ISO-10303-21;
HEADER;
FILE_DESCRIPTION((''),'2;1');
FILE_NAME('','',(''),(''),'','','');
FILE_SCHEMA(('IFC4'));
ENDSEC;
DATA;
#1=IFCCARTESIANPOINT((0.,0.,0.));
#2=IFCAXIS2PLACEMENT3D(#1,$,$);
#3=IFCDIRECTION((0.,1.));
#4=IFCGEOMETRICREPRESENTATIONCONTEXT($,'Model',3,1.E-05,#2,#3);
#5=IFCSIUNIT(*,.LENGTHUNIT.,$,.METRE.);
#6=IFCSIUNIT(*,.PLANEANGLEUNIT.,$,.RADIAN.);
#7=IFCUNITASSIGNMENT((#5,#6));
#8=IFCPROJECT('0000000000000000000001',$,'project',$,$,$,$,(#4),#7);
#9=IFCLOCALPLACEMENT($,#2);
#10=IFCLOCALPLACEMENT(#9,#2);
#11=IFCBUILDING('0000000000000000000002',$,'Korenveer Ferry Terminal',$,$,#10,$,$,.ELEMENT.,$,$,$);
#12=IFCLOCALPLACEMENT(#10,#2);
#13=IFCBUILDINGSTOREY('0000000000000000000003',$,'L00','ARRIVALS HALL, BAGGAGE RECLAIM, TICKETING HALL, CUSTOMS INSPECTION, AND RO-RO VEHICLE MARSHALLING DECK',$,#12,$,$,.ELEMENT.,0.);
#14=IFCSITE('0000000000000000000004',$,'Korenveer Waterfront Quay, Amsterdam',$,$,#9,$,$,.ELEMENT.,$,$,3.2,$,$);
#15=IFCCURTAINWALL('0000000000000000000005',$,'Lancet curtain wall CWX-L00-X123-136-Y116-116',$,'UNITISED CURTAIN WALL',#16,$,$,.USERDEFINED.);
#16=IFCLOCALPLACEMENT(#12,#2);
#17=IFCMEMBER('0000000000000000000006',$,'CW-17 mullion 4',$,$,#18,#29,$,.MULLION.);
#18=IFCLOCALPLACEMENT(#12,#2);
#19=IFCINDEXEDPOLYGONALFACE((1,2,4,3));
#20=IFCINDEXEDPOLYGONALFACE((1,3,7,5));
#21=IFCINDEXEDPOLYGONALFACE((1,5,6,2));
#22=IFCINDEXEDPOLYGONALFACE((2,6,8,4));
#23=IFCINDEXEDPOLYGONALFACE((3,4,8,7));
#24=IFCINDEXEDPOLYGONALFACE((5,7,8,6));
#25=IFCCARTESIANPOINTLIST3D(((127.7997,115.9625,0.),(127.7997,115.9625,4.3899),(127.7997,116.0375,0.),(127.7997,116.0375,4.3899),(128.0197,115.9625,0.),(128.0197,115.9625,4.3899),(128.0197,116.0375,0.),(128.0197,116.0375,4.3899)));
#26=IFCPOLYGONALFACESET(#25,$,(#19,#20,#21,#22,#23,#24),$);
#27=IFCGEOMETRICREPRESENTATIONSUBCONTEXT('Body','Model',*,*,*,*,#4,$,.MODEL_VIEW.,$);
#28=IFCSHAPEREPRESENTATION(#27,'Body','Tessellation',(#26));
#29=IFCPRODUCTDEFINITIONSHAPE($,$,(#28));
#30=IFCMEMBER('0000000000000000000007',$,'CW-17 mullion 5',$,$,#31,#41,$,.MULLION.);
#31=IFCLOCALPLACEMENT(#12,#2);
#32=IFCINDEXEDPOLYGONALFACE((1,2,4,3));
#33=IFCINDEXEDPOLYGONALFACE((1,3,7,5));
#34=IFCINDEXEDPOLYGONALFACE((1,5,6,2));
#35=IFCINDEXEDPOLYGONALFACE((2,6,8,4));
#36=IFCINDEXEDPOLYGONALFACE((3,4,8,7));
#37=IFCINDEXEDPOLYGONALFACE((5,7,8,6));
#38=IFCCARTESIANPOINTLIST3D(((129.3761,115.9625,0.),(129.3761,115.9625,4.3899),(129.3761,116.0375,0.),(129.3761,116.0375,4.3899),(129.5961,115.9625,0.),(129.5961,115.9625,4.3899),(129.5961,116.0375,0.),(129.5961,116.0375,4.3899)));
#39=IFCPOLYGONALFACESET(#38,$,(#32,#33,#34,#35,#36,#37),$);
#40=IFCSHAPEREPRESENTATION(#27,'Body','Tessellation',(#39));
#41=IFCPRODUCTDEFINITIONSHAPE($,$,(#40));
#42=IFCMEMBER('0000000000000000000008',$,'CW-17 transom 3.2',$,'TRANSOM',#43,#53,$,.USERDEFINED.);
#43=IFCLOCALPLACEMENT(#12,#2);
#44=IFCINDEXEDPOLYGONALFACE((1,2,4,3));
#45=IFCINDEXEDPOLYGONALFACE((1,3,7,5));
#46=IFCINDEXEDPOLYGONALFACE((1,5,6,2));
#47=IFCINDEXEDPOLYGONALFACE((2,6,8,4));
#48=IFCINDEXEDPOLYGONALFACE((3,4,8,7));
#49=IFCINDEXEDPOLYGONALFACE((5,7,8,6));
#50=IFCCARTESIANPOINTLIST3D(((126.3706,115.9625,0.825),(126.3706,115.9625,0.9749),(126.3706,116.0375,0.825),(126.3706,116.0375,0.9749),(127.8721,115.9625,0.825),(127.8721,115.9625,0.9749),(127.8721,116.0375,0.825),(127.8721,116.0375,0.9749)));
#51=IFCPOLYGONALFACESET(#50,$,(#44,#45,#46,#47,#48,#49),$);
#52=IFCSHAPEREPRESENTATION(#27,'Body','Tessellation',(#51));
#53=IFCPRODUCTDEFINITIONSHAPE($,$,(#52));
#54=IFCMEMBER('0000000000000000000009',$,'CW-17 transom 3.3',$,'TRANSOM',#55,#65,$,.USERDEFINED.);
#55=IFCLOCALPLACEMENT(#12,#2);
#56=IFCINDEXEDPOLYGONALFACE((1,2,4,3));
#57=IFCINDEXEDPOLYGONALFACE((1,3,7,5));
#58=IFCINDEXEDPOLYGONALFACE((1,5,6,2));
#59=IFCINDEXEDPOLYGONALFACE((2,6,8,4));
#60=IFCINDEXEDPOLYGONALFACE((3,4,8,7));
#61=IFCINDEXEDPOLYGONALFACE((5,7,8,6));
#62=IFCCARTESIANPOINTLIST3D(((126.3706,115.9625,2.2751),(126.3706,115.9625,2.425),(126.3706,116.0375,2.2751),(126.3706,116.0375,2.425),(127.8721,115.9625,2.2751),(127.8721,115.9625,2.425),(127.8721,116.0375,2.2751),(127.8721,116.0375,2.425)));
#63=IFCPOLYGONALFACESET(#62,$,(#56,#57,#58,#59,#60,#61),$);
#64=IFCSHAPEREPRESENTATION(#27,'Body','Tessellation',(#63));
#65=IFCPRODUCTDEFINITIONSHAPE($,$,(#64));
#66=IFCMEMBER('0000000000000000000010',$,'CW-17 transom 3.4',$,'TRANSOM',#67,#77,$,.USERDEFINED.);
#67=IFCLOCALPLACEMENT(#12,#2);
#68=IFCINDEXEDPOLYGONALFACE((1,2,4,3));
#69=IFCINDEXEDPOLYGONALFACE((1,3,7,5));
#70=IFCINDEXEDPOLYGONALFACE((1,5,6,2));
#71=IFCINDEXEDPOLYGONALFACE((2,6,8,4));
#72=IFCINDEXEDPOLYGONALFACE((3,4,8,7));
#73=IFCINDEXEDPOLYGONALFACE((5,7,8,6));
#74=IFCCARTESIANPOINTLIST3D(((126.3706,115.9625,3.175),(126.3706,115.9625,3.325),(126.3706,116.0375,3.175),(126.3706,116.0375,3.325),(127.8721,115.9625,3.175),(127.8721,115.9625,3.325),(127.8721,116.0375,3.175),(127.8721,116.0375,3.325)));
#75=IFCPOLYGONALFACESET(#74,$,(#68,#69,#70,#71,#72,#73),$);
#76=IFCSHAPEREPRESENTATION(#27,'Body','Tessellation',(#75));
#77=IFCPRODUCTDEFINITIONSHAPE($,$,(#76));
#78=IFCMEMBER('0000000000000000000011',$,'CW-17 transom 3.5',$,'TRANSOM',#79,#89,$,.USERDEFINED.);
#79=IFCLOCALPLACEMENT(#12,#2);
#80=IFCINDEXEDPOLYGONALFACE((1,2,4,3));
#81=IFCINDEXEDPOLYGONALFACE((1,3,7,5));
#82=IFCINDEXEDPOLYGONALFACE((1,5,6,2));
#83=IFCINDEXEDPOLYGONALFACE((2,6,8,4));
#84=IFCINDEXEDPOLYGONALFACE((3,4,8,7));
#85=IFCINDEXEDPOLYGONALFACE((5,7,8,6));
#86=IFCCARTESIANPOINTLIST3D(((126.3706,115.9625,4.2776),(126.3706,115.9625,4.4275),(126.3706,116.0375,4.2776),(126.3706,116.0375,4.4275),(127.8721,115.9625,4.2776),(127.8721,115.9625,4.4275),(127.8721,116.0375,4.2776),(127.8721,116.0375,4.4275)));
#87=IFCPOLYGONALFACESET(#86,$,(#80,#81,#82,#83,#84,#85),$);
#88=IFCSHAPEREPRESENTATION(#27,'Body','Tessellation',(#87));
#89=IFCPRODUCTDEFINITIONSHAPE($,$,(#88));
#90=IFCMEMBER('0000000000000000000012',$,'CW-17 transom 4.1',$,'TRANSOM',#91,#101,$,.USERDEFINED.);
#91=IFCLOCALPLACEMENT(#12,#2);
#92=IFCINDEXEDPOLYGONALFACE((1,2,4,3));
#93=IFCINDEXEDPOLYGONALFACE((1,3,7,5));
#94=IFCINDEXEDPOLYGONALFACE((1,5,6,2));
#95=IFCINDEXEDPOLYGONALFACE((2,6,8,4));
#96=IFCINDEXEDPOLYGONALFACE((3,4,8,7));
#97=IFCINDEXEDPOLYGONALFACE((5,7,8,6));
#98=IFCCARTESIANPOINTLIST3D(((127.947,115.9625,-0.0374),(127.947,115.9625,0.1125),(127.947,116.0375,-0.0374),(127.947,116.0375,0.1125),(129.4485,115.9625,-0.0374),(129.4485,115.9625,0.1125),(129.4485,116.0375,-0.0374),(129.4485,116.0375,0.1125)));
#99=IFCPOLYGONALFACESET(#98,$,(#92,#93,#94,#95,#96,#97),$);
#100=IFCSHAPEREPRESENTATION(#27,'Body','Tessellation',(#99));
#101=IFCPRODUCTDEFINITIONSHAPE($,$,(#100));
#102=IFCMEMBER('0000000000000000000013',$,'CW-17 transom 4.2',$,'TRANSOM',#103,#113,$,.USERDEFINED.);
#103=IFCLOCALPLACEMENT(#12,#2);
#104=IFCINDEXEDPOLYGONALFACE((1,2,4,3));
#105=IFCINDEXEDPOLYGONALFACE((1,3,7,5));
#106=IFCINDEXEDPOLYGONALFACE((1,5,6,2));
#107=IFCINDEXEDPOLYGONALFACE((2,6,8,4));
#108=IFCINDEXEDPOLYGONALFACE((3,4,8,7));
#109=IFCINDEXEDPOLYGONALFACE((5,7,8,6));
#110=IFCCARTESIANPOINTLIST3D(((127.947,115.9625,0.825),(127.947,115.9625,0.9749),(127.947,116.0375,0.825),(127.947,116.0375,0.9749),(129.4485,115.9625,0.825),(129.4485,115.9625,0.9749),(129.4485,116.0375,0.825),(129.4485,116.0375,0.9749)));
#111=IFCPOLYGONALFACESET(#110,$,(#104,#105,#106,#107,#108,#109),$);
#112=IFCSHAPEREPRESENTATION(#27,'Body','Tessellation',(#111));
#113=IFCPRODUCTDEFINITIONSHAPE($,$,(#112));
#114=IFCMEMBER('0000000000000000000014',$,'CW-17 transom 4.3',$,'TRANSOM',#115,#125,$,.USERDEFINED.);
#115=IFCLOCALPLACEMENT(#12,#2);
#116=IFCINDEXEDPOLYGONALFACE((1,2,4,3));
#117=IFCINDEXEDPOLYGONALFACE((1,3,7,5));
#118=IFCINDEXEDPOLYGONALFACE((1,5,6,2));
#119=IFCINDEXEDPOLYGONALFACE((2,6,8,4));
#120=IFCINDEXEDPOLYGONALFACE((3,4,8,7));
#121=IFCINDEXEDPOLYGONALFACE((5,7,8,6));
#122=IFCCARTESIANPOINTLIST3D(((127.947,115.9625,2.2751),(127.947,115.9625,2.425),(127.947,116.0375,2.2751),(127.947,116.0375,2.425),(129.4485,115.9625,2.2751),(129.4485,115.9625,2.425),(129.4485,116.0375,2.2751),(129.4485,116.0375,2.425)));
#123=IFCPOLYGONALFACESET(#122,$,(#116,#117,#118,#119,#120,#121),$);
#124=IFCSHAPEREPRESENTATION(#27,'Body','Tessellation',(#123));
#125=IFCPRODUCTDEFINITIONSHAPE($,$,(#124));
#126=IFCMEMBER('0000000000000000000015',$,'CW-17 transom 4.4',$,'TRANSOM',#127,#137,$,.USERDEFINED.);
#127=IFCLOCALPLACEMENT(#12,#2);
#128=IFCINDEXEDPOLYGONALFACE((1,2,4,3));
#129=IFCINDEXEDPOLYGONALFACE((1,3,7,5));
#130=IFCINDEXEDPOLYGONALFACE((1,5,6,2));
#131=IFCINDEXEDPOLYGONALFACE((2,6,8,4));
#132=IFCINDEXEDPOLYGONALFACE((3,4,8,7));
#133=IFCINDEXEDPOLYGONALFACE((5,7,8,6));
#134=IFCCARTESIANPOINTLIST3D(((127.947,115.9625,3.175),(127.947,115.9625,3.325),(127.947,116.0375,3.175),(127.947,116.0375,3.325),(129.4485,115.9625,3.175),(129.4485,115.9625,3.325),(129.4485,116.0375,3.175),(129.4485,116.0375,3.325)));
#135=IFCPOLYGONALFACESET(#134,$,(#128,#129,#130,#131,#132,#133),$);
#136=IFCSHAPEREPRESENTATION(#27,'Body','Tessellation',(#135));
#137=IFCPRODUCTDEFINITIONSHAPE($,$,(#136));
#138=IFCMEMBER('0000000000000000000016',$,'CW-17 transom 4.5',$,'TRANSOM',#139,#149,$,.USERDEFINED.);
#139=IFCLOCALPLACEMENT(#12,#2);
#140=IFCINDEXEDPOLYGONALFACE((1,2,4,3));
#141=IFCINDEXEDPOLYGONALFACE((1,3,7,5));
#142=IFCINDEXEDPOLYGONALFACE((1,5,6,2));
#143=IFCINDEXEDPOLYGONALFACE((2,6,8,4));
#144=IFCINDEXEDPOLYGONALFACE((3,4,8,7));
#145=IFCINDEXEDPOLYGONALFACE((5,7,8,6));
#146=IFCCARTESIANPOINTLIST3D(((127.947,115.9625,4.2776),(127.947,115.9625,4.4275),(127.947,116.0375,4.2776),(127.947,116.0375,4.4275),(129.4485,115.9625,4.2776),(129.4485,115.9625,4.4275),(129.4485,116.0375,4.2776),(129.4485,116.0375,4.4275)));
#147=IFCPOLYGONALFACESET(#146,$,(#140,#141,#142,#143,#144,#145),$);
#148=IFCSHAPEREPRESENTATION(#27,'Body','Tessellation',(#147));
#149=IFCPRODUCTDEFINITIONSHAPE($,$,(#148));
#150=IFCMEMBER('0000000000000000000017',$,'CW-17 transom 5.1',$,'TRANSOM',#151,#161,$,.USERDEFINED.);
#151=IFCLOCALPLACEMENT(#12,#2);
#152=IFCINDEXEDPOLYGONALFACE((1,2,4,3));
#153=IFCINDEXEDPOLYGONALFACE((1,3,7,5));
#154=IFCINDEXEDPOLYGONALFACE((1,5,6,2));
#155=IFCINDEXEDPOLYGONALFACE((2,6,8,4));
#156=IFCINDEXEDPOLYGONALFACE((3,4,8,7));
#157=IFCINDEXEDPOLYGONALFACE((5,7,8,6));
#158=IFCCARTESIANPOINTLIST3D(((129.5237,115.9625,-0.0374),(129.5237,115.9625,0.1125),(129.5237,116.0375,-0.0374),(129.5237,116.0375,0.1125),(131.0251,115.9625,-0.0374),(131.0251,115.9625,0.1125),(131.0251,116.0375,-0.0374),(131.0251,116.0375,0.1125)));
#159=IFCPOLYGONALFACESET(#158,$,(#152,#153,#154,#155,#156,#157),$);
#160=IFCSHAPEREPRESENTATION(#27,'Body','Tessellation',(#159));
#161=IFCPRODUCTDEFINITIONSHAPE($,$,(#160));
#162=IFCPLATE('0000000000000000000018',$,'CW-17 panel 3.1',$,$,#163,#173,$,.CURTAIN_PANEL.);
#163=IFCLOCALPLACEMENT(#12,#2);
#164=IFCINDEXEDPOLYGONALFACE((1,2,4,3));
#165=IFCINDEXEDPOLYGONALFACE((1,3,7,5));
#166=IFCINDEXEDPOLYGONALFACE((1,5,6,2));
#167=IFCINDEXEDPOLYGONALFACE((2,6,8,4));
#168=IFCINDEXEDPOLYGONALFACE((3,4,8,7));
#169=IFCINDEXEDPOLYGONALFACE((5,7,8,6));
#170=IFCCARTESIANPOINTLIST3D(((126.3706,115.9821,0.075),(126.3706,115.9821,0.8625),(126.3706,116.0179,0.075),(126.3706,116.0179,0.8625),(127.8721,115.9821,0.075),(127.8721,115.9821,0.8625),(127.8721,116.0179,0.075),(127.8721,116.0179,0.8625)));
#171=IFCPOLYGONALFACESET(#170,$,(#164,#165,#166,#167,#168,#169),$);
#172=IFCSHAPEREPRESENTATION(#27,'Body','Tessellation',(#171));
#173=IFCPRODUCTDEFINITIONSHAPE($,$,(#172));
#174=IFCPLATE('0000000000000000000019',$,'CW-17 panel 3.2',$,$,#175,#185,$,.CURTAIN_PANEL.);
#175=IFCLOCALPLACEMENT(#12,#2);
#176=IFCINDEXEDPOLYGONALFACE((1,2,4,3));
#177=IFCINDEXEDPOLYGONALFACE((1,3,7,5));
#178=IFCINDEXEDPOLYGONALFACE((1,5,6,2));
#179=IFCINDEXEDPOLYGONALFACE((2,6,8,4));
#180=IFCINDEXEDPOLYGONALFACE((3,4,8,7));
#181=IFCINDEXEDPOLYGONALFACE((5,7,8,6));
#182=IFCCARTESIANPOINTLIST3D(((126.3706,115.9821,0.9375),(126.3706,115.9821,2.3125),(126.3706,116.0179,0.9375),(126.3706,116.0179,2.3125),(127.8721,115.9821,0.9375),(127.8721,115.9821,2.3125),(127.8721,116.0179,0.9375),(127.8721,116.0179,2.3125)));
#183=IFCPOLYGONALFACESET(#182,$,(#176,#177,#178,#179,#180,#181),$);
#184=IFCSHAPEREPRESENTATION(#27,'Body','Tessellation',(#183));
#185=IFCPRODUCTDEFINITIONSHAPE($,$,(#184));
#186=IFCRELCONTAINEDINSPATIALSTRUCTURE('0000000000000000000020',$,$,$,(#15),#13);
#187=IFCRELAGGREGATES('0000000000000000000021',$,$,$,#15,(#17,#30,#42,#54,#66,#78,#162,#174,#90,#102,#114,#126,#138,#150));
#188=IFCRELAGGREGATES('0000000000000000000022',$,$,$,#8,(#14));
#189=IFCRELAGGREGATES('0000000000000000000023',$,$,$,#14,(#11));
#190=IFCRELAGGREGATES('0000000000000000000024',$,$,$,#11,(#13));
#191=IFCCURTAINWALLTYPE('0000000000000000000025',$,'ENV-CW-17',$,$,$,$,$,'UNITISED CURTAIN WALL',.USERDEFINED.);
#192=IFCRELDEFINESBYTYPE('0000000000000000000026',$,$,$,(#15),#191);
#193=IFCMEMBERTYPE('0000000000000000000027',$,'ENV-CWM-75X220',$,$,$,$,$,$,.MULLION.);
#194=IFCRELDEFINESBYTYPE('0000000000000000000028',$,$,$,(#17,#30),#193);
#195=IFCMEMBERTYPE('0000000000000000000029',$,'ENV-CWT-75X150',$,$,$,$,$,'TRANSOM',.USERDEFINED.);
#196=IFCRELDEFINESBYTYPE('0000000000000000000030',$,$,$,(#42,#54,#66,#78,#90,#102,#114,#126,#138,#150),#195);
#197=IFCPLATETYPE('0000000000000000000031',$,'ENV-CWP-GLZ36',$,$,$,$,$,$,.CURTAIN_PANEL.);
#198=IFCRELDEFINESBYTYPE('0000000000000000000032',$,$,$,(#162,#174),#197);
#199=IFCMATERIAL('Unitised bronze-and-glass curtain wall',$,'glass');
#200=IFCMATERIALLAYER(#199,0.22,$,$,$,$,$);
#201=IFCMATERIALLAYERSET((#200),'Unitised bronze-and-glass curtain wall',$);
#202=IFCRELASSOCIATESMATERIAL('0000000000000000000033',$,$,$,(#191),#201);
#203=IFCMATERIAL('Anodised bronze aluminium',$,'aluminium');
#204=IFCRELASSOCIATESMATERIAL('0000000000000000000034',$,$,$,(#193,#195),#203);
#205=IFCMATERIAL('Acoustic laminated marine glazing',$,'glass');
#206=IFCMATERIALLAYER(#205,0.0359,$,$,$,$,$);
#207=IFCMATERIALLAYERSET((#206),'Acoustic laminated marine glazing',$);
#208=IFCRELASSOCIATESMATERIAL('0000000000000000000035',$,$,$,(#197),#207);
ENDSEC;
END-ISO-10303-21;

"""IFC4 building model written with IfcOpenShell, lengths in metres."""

from ifc_helpers import new_model, si_unit, direction, frame, origin, origin_2d, place, context, subcontext, project, spatial, rectangle, extrude, material, layer, layer_set, material_profile, profile_set, type_object, element, aggregate, save


model = new_model("IFC4")

# Units and contexts
model_context = context("Model", 3, precision=1e-05, world=origin(), true_north=direction((0.0, 1.0)))
body_context = subcontext(model_context, "Body", "Model", "MODEL_VIEW")
ifc_project = project(units=[si_unit("LENGTHUNIT", "METRE"), si_unit("PLANEANGLEUNIT", "RADIAN")], contexts=[model_context])

# Site, building, storey
site_placement = place(None, origin())
site = spatial("IfcSite", under=ifc_project, at=site_placement, Name="Korenveer Waterfront Quay, Amsterdam", CompositionType="ELEMENT", RefElevation=3.2)
building_placement = place(site_placement, origin())
building = spatial("IfcBuilding", under=site, at=building_placement, Name="Korenveer Ferry Terminal", CompositionType="ELEMENT")
storey_placement = place(building_placement, origin())
storey = spatial("IfcBuildingStorey", under=building, at=storey_placement, Name="L00", Description="ARRIVALS HALL, BAGGAGE RECLAIM, TICKETING HALL, CUSTOMS INSPECTION, AND RO-RO VEHICLE MARSHALLING DECK", CompositionType="ELEMENT", Elevation=0.0)

# Curtain wall, members, plates
ifc_material_1 = material(Name="Unitised bronze-and-glass curtain wall", Category="glass")
ifc_layer_1 = layer(ifc_material_1, 0.22)
ifc_layer_set_1 = layer_set([ifc_layer_1], Name="Unitised bronze-and-glass curtain wall")
curtain_wall_type = type_object("IfcCurtainWallType", Name="ENV-CW-17", ElementType="UNITISED CURTAIN WALL", PredefinedType="USERDEFINED", material=ifc_layer_set_1)
curtain_wall_placement = place(storey_placement, frame((123.1799, 116.0, 0.0)))
curtain_wall = element("IfcCurtainWall", 1, at=curtain_wall_placement, inside=storey, type_object=curtain_wall_type, Name="Lancet curtain wall CWX-L00-X123-136-Y116-116", ObjectType="UNITISED CURTAIN WALL", PredefinedType="USERDEFINED")
ifc_material_2 = material(Name="Anodised bronze aluminium", Category="aluminium")
ifc_material_profile_1 = material_profile(ifc_material_2, rectangle(XDim=0.075, YDim=0.22, at=origin_2d()), Name="ALU 75x220")
ifc_profile_set_1 = profile_set([ifc_material_profile_1], Name="Anodised bronze aluminium")
member_type_1 = type_object("IfcMemberType", Name="ENV-CWM-75X220", PredefinedType="MULLION", material=ifc_profile_set_1)
member_1_placement = place(storey_placement, frame((127.9097, 116.0, 0.0), z_axis=(0.0, 0.0, 1.0), x_axis=(0.0, 1.0, 0.0)))
member_1 = element("IfcMember", 2, at=member_1_placement, type_object=member_type_1, Name="CW-17 mullion 4", PredefinedType="MULLION", context=body_context, shape_type="SweptSolid", body=[
    extrude(rectangle(XDim=0.075, YDim=0.22, at=origin_2d()), origin(), (0.0, 0.0, 1.0), 4.3899),
])
member_2_placement = place(storey_placement, frame((129.4861, 116.0, 0.0), z_axis=(0.0, 0.0, 1.0), x_axis=(0.0, 1.0, 0.0)))
member_2 = element("IfcMember", 3, at=member_2_placement, type_object=member_type_1, Name="CW-17 mullion 5", PredefinedType="MULLION", context=body_context, shape_type="SweptSolid", body=[
    extrude(rectangle(XDim=0.075, YDim=0.22, at=origin_2d()), origin(), (0.0, 0.0, 1.0), 4.3899),
])
ifc_material_profile_2 = material_profile(ifc_material_2, rectangle(XDim=0.075, YDim=0.1499, at=origin_2d()), Name="ALU 75x150")
ifc_profile_set_2 = profile_set([ifc_material_profile_2], Name="Anodised bronze aluminium")
member_type_2 = type_object("IfcMemberType", Name="ENV-CWT-75X150", ElementType="TRANSOM", PredefinedType="USERDEFINED", material=ifc_profile_set_2)
member_3_placement = place(storey_placement, frame((126.3706, 116.0, 0.8999), z_axis=(1.0, 0.0, 0.0), x_axis=(0.0, 1.0, 0.0)))
member_3 = element("IfcMember", 4, at=member_3_placement, type_object=member_type_2, Name="CW-17 transom 3.2", ObjectType="TRANSOM", PredefinedType="USERDEFINED", context=body_context, shape_type="SweptSolid", body=[
    extrude(rectangle(XDim=0.075, YDim=0.1499, at=origin_2d()), origin(), (0.0, 0.0, 1.0), 1.5015),
])
member_4_placement = place(storey_placement, frame((126.3706, 116.0, 2.3501), z_axis=(1.0, 0.0, 0.0), x_axis=(0.0, 1.0, 0.0)))
member_4 = element("IfcMember", 5, at=member_4_placement, type_object=member_type_2, Name="CW-17 transom 3.3", ObjectType="TRANSOM", PredefinedType="USERDEFINED", context=body_context, shape_type="SweptSolid", body=[
    extrude(rectangle(XDim=0.075, YDim=0.1499, at=origin_2d()), origin(), (0.0, 0.0, 1.0), 1.5015),
])
member_5_placement = place(storey_placement, frame((126.3706, 116.0, 3.25), z_axis=(1.0, 0.0, 0.0), x_axis=(0.0, 1.0, 0.0)))
member_5 = element("IfcMember", 6, at=member_5_placement, type_object=member_type_2, Name="CW-17 transom 3.4", ObjectType="TRANSOM", PredefinedType="USERDEFINED", context=body_context, shape_type="SweptSolid", body=[
    extrude(rectangle(XDim=0.075, YDim=0.1499, at=origin_2d()), origin(), (0.0, 0.0, 1.0), 1.5015),
])
member_6_placement = place(storey_placement, frame((126.3706, 116.0, 4.3525), z_axis=(1.0, 0.0, 0.0), x_axis=(0.0, 1.0, 0.0)))
member_6 = element("IfcMember", 7, at=member_6_placement, type_object=member_type_2, Name="CW-17 transom 3.5", ObjectType="TRANSOM", PredefinedType="USERDEFINED", context=body_context, shape_type="SweptSolid", body=[
    extrude(rectangle(XDim=0.075, YDim=0.1499, at=origin_2d()), origin(), (0.0, 0.0, 1.0), 1.5015),
])
member_7_placement = place(storey_placement, frame((127.947, 116.0, 0.0376), z_axis=(1.0, 0.0, 0.0), x_axis=(0.0, 1.0, 0.0)))
member_7 = element("IfcMember", 8, at=member_7_placement, type_object=member_type_2, Name="CW-17 transom 4.1", ObjectType="TRANSOM", PredefinedType="USERDEFINED", context=body_context, shape_type="SweptSolid", body=[
    extrude(rectangle(XDim=0.075, YDim=0.1499, at=origin_2d()), origin(), (0.0, 0.0, 1.0), 1.5015),
])
member_8_placement = place(storey_placement, frame((127.947, 116.0, 0.8999), z_axis=(1.0, 0.0, 0.0), x_axis=(0.0, 1.0, 0.0)))
member_8 = element("IfcMember", 9, at=member_8_placement, type_object=member_type_2, Name="CW-17 transom 4.2", ObjectType="TRANSOM", PredefinedType="USERDEFINED", context=body_context, shape_type="SweptSolid", body=[
    extrude(rectangle(XDim=0.075, YDim=0.1499, at=origin_2d()), origin(), (0.0, 0.0, 1.0), 1.5015),
])
member_9_placement = place(storey_placement, frame((127.947, 116.0, 2.3501), z_axis=(1.0, 0.0, 0.0), x_axis=(0.0, 1.0, 0.0)))
member_9 = element("IfcMember", 10, at=member_9_placement, type_object=member_type_2, Name="CW-17 transom 4.3", ObjectType="TRANSOM", PredefinedType="USERDEFINED", context=body_context, shape_type="SweptSolid", body=[
    extrude(rectangle(XDim=0.075, YDim=0.1499, at=origin_2d()), origin(), (0.0, 0.0, 1.0), 1.5015),
])
member_10_placement = place(storey_placement, frame((127.947, 116.0, 3.25), z_axis=(1.0, 0.0, 0.0), x_axis=(0.0, 1.0, 0.0)))
member_10 = element("IfcMember", 11, at=member_10_placement, type_object=member_type_2, Name="CW-17 transom 4.4", ObjectType="TRANSOM", PredefinedType="USERDEFINED", context=body_context, shape_type="SweptSolid", body=[
    extrude(rectangle(XDim=0.075, YDim=0.1499, at=origin_2d()), origin(), (0.0, 0.0, 1.0), 1.5015),
])
member_11_placement = place(storey_placement, frame((127.947, 116.0, 4.3525), z_axis=(1.0, 0.0, 0.0), x_axis=(0.0, 1.0, 0.0)))
member_11 = element("IfcMember", 12, at=member_11_placement, type_object=member_type_2, Name="CW-17 transom 4.5", ObjectType="TRANSOM", PredefinedType="USERDEFINED", context=body_context, shape_type="SweptSolid", body=[
    extrude(rectangle(XDim=0.075, YDim=0.1499, at=origin_2d()), origin(), (0.0, 0.0, 1.0), 1.5015),
])
member_12_placement = place(storey_placement, frame((129.5237, 116.0, 0.0376), z_axis=(1.0, 0.0, 0.0), x_axis=(0.0, 1.0, 0.0)))
member_12 = element("IfcMember", 13, at=member_12_placement, type_object=member_type_2, Name="CW-17 transom 5.1", ObjectType="TRANSOM", PredefinedType="USERDEFINED", context=body_context, shape_type="SweptSolid", body=[
    extrude(rectangle(XDim=0.075, YDim=0.1499, at=origin_2d()), origin(), (0.0, 0.0, 1.0), 1.5015),
])
ifc_material_3 = material(Name="Acoustic laminated marine glazing", Category="glass")
ifc_layer_2 = layer(ifc_material_3, 0.0359)
ifc_layer_set_2 = layer_set([ifc_layer_2], Name="Acoustic laminated marine glazing")
plate_type = type_object("IfcPlateType", Name="ENV-CWP-GLZ36", PredefinedType="CURTAIN_PANEL", material=ifc_layer_set_2)
plate_1_placement = place(storey_placement, frame((127.1213, 116.0, 0.075), z_axis=(0.0, 0.0, 1.0), x_axis=(1.0, 0.0, 0.0)))
plate_1 = element("IfcPlate", 14, at=plate_1_placement, type_object=plate_type, Name="CW-17 panel 3.1", PredefinedType="CURTAIN_PANEL", context=body_context, shape_type="SweptSolid", body=[
    extrude(rectangle(XDim=1.5015, YDim=0.0359, at=origin_2d()), origin(), (0.0, 0.0, 1.0), 0.7876),
])
plate_2_placement = place(storey_placement, frame((127.1213, 116.0, 0.9375), z_axis=(0.0, 0.0, 1.0), x_axis=(1.0, 0.0, 0.0)))
plate_2 = element("IfcPlate", 15, at=plate_2_placement, type_object=plate_type, Name="CW-17 panel 3.2", PredefinedType="CURTAIN_PANEL", context=body_context, shape_type="SweptSolid", body=[
    extrude(rectangle(XDim=1.5015, YDim=0.0359, at=origin_2d()), origin(), (0.0, 0.0, 1.0), 1.375),
])
aggregate(curtain_wall, [member_1, member_2, member_3, member_4, member_5, member_6, plate_1, plate_2, member_7, member_8, member_9, member_10, member_11, member_12])

save(model, "model.ifc")
